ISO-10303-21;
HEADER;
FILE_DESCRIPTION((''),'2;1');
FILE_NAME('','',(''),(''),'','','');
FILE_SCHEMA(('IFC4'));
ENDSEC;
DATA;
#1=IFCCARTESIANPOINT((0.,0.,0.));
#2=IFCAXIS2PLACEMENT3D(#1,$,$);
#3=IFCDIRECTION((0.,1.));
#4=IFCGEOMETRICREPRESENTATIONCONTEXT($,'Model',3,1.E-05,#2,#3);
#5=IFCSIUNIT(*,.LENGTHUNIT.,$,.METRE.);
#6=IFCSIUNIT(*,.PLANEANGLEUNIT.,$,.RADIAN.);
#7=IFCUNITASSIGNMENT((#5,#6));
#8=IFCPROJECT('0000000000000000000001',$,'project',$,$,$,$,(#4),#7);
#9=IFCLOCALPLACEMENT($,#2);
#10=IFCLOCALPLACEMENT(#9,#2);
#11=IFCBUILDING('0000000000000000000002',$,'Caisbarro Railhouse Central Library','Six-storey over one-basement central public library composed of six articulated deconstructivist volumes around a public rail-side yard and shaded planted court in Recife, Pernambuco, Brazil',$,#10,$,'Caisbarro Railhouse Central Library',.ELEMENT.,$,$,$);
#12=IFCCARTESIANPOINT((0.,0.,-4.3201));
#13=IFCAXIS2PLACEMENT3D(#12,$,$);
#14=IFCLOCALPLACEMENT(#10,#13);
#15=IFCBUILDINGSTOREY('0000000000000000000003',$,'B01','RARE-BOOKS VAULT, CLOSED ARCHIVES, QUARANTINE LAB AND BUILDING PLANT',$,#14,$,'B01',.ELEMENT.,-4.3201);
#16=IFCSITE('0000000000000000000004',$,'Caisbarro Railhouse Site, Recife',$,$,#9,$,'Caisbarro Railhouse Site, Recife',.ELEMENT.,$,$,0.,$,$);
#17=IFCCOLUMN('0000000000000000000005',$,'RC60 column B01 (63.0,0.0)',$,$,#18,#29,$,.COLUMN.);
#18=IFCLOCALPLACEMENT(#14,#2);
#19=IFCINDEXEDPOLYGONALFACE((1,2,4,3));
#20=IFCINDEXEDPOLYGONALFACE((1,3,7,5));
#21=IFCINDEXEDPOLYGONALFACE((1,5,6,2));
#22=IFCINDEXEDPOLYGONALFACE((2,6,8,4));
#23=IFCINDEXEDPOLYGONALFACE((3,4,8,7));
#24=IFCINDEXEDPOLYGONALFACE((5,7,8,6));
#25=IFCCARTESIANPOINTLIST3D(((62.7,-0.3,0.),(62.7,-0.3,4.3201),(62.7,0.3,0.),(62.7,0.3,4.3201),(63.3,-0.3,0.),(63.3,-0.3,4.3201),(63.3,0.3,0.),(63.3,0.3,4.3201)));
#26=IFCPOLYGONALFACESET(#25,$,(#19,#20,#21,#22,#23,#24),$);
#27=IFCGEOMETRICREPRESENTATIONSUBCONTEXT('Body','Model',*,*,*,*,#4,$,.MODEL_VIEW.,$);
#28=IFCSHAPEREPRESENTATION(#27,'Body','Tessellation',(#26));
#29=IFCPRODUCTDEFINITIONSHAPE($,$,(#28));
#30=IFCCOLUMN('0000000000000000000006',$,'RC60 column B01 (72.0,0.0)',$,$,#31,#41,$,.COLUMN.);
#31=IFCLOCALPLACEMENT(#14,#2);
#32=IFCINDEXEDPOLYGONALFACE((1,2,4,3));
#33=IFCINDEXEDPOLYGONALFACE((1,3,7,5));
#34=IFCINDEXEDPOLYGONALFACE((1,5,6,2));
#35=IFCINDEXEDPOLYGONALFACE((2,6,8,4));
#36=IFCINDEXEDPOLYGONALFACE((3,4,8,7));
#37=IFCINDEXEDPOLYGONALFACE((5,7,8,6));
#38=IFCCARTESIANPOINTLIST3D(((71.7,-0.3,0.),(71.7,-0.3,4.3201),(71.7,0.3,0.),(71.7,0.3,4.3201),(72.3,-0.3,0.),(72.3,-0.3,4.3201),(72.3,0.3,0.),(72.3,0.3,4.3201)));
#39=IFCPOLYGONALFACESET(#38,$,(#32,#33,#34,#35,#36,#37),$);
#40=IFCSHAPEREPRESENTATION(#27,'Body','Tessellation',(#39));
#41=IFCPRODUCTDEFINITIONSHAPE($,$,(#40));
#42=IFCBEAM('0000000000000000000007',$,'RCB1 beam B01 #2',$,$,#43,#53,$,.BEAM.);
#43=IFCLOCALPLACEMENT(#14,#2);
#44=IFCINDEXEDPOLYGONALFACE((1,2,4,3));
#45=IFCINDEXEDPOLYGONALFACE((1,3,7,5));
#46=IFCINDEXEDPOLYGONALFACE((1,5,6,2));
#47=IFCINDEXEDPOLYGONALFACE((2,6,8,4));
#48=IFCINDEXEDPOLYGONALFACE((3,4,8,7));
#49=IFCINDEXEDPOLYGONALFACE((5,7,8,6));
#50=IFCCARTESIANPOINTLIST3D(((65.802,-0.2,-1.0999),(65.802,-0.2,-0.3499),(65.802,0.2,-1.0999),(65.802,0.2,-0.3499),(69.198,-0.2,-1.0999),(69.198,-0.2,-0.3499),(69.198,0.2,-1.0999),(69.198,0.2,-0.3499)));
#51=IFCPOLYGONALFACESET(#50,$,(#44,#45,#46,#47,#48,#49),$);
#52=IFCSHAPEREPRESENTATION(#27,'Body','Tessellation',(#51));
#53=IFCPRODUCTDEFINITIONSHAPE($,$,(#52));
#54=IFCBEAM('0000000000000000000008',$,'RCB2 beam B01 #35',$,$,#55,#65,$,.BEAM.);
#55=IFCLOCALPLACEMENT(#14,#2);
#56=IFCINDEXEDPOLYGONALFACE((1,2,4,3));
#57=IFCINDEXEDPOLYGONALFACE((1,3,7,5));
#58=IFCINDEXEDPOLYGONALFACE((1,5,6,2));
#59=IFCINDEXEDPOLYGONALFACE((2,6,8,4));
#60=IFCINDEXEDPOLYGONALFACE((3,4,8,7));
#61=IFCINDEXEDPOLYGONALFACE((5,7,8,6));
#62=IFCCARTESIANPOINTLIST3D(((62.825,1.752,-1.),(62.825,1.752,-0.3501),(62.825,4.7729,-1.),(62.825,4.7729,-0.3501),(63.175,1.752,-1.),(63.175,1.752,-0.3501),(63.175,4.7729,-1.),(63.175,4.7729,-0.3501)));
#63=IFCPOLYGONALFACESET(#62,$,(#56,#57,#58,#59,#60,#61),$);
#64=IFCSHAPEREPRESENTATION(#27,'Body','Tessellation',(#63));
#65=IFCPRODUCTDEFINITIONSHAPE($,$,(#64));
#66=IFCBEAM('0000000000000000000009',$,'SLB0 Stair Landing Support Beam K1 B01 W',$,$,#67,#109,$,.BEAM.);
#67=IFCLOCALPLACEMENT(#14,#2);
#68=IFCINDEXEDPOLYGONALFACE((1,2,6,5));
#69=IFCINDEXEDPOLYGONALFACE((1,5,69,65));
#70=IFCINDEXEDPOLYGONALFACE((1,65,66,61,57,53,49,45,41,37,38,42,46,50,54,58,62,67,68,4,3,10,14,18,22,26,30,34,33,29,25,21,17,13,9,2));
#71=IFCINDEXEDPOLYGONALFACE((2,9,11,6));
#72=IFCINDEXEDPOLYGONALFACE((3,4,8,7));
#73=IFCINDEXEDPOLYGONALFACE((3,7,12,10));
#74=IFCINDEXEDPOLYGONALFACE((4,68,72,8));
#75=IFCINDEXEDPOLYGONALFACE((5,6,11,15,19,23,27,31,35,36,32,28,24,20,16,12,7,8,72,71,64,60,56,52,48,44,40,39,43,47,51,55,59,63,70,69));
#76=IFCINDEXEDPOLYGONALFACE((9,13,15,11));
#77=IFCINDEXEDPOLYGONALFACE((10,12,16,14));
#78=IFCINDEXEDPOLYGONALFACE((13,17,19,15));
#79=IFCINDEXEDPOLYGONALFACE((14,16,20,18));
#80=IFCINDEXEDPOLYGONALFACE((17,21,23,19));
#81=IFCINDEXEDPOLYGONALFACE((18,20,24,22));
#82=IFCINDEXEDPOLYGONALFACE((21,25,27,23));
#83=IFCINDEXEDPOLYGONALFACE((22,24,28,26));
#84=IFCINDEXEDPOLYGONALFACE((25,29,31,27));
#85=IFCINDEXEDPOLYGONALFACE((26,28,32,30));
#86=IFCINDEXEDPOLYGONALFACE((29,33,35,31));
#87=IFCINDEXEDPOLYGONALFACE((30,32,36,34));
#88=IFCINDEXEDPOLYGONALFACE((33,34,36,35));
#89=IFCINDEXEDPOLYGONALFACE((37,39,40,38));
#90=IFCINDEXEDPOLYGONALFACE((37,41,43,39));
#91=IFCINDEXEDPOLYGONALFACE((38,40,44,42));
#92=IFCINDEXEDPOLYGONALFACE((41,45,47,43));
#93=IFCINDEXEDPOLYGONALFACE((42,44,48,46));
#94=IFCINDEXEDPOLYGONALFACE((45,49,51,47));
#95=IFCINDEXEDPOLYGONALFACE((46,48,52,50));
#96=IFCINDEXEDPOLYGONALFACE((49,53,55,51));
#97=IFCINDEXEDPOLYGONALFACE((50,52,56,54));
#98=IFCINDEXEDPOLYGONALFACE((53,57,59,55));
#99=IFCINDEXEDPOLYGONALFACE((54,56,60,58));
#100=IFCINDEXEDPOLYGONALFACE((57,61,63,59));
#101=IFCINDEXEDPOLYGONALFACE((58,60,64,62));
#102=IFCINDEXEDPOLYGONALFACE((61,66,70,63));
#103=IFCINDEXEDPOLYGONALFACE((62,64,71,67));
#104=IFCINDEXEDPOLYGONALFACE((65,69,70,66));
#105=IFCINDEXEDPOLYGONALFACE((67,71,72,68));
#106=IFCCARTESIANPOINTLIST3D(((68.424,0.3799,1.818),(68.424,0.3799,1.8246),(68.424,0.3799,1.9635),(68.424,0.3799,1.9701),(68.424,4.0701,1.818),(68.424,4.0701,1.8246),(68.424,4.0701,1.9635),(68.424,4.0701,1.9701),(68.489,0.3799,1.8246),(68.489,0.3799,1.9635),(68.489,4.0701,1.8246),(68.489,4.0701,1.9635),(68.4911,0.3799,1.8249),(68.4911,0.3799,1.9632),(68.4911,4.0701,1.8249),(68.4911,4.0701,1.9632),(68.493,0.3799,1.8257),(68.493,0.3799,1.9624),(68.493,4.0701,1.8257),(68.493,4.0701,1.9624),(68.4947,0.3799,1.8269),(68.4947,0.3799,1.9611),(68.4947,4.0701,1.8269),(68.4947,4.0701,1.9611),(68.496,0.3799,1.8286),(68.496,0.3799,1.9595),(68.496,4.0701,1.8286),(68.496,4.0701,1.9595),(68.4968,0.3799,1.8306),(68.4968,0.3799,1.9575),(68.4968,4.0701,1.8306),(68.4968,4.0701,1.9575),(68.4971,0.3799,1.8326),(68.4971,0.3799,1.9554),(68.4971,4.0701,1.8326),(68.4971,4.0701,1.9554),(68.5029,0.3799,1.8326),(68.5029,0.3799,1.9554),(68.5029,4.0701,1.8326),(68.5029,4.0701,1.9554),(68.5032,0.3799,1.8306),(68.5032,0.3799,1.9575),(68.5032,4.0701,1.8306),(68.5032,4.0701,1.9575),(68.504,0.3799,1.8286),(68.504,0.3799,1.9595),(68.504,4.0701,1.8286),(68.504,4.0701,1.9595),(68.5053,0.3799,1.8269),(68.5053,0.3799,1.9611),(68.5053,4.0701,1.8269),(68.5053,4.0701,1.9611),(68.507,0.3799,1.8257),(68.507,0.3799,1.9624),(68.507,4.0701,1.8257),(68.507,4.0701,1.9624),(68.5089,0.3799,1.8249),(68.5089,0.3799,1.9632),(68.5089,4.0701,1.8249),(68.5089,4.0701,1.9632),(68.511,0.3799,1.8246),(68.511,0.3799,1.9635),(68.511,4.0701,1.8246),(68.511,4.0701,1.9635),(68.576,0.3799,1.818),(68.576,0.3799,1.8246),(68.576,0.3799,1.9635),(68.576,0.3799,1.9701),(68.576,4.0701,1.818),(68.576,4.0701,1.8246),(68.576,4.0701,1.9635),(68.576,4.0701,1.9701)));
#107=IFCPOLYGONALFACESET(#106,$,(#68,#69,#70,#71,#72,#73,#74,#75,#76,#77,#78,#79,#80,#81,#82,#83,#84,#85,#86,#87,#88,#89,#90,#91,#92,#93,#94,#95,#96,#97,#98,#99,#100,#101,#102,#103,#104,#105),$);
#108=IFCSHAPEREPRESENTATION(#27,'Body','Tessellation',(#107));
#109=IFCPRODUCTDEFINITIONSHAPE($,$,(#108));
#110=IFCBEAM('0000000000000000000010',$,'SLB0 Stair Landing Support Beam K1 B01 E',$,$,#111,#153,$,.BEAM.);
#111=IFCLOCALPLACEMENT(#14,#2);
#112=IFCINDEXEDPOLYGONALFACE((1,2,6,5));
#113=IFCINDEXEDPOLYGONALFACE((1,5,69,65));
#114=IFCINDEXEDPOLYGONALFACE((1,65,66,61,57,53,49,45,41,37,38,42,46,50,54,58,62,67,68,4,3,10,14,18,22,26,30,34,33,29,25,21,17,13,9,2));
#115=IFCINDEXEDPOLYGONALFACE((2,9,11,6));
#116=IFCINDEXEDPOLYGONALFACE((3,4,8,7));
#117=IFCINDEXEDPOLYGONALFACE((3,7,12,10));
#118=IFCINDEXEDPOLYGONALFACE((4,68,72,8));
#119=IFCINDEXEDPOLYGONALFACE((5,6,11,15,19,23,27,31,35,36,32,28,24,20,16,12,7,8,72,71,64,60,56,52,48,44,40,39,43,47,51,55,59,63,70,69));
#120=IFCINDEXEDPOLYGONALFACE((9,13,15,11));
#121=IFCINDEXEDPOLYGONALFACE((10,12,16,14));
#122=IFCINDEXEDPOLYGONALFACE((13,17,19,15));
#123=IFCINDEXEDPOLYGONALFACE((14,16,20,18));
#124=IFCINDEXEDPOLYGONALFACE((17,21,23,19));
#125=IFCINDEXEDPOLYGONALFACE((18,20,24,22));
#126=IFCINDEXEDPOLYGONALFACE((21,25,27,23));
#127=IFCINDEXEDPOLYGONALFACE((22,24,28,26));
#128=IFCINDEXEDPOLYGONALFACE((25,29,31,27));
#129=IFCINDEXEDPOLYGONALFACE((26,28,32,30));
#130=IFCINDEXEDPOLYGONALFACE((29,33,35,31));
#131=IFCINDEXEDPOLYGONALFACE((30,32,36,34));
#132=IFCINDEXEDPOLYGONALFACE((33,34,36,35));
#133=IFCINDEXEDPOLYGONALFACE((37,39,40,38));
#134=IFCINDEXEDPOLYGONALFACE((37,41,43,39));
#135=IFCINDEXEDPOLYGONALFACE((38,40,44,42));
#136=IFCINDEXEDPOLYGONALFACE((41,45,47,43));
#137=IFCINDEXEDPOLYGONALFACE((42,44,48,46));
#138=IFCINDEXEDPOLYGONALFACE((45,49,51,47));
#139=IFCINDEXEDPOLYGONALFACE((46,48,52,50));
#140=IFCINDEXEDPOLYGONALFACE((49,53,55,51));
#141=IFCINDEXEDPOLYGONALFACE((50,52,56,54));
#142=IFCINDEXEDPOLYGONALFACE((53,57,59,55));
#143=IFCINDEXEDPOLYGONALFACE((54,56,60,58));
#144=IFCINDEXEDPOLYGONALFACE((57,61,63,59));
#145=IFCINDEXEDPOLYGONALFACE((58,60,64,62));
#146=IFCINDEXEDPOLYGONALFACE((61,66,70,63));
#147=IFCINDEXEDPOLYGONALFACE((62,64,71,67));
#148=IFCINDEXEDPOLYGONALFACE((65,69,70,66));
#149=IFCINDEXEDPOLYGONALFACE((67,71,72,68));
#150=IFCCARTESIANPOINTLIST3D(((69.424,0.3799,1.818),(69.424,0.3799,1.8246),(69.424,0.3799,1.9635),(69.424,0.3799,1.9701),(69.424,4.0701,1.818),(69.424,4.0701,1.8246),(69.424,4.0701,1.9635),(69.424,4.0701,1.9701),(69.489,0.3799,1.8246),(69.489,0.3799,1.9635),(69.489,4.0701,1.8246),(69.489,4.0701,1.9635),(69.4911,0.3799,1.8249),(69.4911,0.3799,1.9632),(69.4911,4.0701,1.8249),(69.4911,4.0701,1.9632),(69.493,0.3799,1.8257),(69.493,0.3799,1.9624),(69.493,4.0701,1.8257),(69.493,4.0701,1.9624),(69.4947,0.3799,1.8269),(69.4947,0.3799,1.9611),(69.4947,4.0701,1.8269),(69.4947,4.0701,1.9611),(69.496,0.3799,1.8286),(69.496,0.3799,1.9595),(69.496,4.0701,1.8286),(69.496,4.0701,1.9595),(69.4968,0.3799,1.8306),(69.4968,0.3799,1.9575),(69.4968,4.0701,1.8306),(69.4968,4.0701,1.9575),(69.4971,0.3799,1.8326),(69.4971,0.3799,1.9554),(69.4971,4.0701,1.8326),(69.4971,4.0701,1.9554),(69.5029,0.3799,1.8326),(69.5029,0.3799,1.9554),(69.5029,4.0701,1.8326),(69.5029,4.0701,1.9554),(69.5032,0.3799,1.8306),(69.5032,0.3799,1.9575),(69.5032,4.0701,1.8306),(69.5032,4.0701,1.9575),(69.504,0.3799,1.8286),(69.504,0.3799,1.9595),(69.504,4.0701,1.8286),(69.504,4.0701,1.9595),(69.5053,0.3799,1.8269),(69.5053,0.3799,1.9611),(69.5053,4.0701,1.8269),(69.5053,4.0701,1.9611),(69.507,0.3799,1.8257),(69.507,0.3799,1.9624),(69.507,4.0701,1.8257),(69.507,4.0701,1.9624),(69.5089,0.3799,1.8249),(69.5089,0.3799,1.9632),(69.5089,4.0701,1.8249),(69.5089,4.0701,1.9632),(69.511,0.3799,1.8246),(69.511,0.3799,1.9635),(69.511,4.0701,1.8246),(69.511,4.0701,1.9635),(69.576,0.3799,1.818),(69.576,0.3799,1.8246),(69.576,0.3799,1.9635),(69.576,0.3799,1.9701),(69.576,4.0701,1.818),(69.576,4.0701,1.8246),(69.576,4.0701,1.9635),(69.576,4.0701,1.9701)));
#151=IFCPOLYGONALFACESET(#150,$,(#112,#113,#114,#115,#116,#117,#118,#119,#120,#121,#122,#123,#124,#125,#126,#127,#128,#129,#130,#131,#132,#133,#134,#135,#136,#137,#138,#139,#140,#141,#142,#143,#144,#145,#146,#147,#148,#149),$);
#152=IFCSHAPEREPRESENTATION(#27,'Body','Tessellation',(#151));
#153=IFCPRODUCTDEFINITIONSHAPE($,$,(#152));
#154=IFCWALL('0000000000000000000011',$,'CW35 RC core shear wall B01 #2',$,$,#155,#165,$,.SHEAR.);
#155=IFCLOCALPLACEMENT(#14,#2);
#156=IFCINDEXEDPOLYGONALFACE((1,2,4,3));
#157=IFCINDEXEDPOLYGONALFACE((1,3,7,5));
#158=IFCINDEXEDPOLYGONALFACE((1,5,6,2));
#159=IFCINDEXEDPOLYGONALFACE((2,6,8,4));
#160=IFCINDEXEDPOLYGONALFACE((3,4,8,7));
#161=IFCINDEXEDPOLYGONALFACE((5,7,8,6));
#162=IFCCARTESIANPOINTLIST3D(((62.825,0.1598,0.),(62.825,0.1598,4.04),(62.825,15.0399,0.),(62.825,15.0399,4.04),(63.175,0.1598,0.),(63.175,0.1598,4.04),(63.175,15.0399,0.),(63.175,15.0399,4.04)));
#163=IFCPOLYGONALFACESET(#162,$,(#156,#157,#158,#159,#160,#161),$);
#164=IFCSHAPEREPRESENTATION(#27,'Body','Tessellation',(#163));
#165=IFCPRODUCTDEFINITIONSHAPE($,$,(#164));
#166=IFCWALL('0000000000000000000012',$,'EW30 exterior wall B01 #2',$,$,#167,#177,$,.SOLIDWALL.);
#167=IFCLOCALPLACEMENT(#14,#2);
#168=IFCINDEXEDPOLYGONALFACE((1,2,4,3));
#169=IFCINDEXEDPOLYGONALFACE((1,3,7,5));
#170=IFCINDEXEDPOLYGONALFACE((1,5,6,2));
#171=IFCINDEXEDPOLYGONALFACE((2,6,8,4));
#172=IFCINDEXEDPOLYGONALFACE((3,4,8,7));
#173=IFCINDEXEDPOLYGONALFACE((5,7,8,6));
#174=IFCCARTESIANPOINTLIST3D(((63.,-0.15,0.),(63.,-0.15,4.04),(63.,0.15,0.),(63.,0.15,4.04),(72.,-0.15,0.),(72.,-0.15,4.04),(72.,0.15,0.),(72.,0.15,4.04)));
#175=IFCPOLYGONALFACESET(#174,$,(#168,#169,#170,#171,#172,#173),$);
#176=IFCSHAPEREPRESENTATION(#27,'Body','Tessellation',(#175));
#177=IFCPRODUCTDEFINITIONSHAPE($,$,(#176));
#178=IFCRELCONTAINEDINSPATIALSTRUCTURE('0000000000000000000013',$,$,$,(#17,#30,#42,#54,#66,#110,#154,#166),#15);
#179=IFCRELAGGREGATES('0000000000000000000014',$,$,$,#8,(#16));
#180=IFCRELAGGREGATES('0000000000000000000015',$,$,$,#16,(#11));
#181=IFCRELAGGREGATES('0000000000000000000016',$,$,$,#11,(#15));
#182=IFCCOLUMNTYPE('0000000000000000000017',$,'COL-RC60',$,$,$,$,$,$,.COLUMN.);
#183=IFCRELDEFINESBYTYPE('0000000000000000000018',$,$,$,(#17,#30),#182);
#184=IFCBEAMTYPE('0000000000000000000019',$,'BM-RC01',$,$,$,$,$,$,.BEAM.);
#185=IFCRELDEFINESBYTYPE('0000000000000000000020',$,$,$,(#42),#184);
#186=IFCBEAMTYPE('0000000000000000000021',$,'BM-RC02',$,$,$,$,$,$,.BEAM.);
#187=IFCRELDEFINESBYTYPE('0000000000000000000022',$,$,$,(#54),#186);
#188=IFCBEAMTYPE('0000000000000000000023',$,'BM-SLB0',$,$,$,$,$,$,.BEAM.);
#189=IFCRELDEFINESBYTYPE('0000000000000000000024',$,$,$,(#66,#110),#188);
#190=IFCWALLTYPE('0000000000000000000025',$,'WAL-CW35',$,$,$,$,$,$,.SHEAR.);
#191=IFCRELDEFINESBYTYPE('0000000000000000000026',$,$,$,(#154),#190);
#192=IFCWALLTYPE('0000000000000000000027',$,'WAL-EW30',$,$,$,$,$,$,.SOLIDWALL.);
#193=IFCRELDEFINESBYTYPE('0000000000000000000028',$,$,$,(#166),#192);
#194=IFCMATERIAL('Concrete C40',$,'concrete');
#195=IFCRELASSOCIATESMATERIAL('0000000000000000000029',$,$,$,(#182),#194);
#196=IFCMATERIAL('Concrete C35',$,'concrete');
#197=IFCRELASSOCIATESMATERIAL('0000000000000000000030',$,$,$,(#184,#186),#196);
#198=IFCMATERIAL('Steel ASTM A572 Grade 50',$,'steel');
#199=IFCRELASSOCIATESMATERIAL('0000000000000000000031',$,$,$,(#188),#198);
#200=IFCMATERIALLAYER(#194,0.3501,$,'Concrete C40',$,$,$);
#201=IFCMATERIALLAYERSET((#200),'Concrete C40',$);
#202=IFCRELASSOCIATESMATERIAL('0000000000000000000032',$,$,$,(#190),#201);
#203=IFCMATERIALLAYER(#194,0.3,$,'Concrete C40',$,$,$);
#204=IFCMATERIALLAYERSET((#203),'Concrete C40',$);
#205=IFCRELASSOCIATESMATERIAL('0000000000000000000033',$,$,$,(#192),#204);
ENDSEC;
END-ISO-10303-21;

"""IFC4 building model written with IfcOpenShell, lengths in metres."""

from ifc_helpers import new_model, si_unit, direction, frame, frame_2d, origin, origin_2d, place, context, subcontext, project, spatial, rectangle, i_section, extrude, material, layer, layer_set, material_profile, profile_set, type_object, element, save


model = new_model("IFC4")

# Units and contexts
model_context = context("Model", 3, precision=1e-05, world=origin(), true_north=direction((0.0, 1.0)))
body_context = subcontext(model_context, "Body", "Model", "MODEL_VIEW")
ifc_project = project(units=[si_unit("LENGTHUNIT", "METRE"), si_unit("PLANEANGLEUNIT", "RADIAN")], contexts=[model_context])

# Site, building, storey
site_placement = place(None, origin())
site = spatial("IfcSite", under=ifc_project, at=site_placement, Name="Caisbarro Railhouse Site, Recife", LongName="Caisbarro Railhouse Site, Recife", CompositionType="ELEMENT", RefElevation=0.0)
building_placement = place(site_placement, origin())
building = spatial("IfcBuilding", under=site, at=building_placement, Name="Caisbarro Railhouse Central Library", Description="Six-storey over one-basement central public library composed of six articulated deconstructivist volumes around a public rail-side yard and shaded planted court in Recife, Pernambuco, Brazil", LongName="Caisbarro Railhouse Central Library", CompositionType="ELEMENT")
storey_placement = place(building_placement, frame((0.0, 0.0, -4.3201)))
storey = spatial("IfcBuildingStorey", under=building, at=storey_placement, Name="B01", Description="RARE-BOOKS VAULT, CLOSED ARCHIVES, QUARANTINE LAB AND BUILDING PLANT", LongName="B01", CompositionType="ELEMENT", Elevation=-4.3201)

# Shared definitions
ifc_material_1 = material(Name="Concrete C40", Category="concrete")

# Shared definitions
ifc_material_2 = material(Name="Concrete C35", Category="concrete")

# Columns
ifc_material_3 = material(Name="Steel ASTM A572 Grade 50", Category="steel")
ifc_material_profile_1 = material_profile(ifc_material_1, rectangle(XDim=0.6001, YDim=0.6001, at=origin_2d()), Name="RC-COL-600X600")
ifc_profile_set_1 = profile_set([ifc_material_profile_1], Name="Concrete C40")
column_type_1 = type_object("IfcColumnType", Name="COL-RC60", PredefinedType="COLUMN", material=ifc_profile_set_1)
for number, where, z_axis, x_axis, name in (
    (1, (63.0, 0.0, 0.0), (0.0, 0.0, 1.0), (1.0, 0.0, 0.0), "RC60 column B01 (63.0,0.0)"),
    (2, (72.0, 0.0, 0.0), (0.0, 0.0, 1.0), (1.0, 0.0, 0.0), "RC60 column B01 (72.0,0.0)"),
):
    element("IfcColumn", number, at=place(storey_placement, frame(where, z_axis=z_axis, x_axis=x_axis)), inside=storey, type_object=column_type_1, Name=name, PredefinedType="COLUMN", context=body_context, shape_type="SweptSolid", body=[
        extrude(rectangle(XDim=0.6001, YDim=0.6001, at=origin_2d()), origin(), (0.0, 0.0, 1.0), 4.3201),
    ])

# Beams
ifc_material_profile_2 = material_profile(ifc_material_2, rectangle(XDim=0.3999, YDim=0.75, at=origin_2d()), Name="RC-BM-400X750")
ifc_profile_set_2 = profile_set([ifc_material_profile_2], Name="Concrete C35")
beam_type_1 = type_object("IfcBeamType", Name="BM-RC01", PredefinedType="BEAM", material=ifc_profile_set_2)
beam_1_placement = place(storey_placement, frame((65.802, 0.0, -0.7249), z_axis=(1.0, 0.0, 0.0), x_axis=(0.0, 1.0, 0.0)))
element("IfcBeam", 3, at=beam_1_placement, inside=storey, type_object=beam_type_1, Name="RCB1 beam B01 #2", PredefinedType="BEAM", context=body_context, shape_type="SweptSolid", body=[
    extrude(rectangle(XDim=0.3999, YDim=0.75, at=origin_2d()), origin(), (0.0, 0.0, 1.0), 3.396),
])
ifc_material_profile_3 = material_profile(ifc_material_2, rectangle(XDim=0.3501, YDim=0.6499, at=origin_2d()), Name="RC-BM-350X650")
ifc_profile_set_3 = profile_set([ifc_material_profile_3], Name="Concrete C35")
beam_type_2 = type_object("IfcBeamType", Name="BM-RC02", PredefinedType="BEAM", material=ifc_profile_set_3)
beam_2_placement = place(storey_placement, frame((63.0, 1.752, -0.675), z_axis=(0.0, 1.0, 0.0), x_axis=(-1.0, 0.0, 0.0)))
element("IfcBeam", 4, at=beam_2_placement, inside=storey, type_object=beam_type_2, Name="RCB2 beam B01 #35", PredefinedType="BEAM", context=body_context, shape_type="SweptSolid", body=[
    extrude(rectangle(XDim=0.3501, YDim=0.6499, at=origin_2d()), origin(), (0.0, 0.0, 1.0), 3.021),
])
ifc_material_profile_4 = material_profile(ifc_material_3, i_section(OverallWidth=0.1521, OverallDepth=0.1521, WebThickness=0.0059, FlangeThickness=0.0066, FilletRadius=0.0081, at=origin_2d()), Name="W150X22.5")
ifc_profile_set_4 = profile_set([ifc_material_profile_4], Name="Steel ASTM A572 Grade 50")
beam_type_3 = type_object("IfcBeamType", Name="BM-SLB0", PredefinedType="BEAM", material=ifc_profile_set_4)
for number, where, z_axis, x_axis, name in (
    (5, (68.5, 0.3799, 1.894), (0.0, 1.0, 0.0), (-1.0, 0.0, 0.0), "SLB0 Stair Landing Support Beam K1 B01 W"),
    (6, (69.5, 0.3799, 1.894), (0.0, 1.0, 0.0), (-1.0, 0.0, 0.0), "SLB0 Stair Landing Support Beam K1 B01 E"),
):
    element("IfcBeam", number, at=place(storey_placement, frame(where, z_axis=z_axis, x_axis=x_axis)), inside=storey, type_object=beam_type_3, Name=name, PredefinedType="BEAM", context=body_context, shape_type="SweptSolid", body=[
        extrude(i_section(OverallWidth=0.1521, OverallDepth=0.1521, WebThickness=0.0059, FlangeThickness=0.0066, FilletRadius=0.0081, at=origin_2d()), origin(), (0.0, 0.0, 1.0), 3.6902),
    ])

# Walls
ifc_layer_1 = layer(ifc_material_1, 0.3501, Name="Concrete C40")
ifc_layer_set_1 = layer_set([ifc_layer_1], Name="Concrete C40")
wall_type_1 = type_object("IfcWallType", Name="WAL-CW35", PredefinedType="SHEAR", material=ifc_layer_set_1)
wall_1_placement = place(storey_placement, frame((63.0, 0.1599, 0.0), z_axis=(0.0, 0.0, 1.0), x_axis=(0.0, 1.0, 0.0)))
element("IfcWall", 7, at=wall_1_placement, inside=storey, type_object=wall_type_1, Name="CW35 RC core shear wall B01 #2", PredefinedType="SHEAR", context=body_context, shape_type="SweptSolid", body=[
    extrude(rectangle(XDim=14.8801, YDim=0.3501, at=frame_2d((7.4399, 0.0))), origin(), (0.0, 0.0, 1.0), 4.04),
])
ifc_layer_2 = layer(ifc_material_1, 0.3, Name="Concrete C40")
ifc_layer_set_2 = layer_set([ifc_layer_2], Name="Concrete C40")
wall_type_2 = type_object("IfcWallType", Name="WAL-EW30", PredefinedType="SOLIDWALL", material=ifc_layer_set_2)
wall_2_placement = place(storey_placement, frame((63.0, 0.0, 0.0), z_axis=(0.0, 0.0, 1.0), x_axis=(1.0, 0.0, 0.0)))
element("IfcWall", 8, at=wall_2_placement, inside=storey, type_object=wall_type_2, Name="EW30 exterior wall B01 #2", PredefinedType="SOLIDWALL", context=body_context, shape_type="SweptSolid", body=[
    extrude(rectangle(XDim=9.0, YDim=0.3, at=frame_2d((4.5, 0.0))), origin(), (0.0, 0.0, 1.0), 4.04),
])

save(model, "model.ifc")
